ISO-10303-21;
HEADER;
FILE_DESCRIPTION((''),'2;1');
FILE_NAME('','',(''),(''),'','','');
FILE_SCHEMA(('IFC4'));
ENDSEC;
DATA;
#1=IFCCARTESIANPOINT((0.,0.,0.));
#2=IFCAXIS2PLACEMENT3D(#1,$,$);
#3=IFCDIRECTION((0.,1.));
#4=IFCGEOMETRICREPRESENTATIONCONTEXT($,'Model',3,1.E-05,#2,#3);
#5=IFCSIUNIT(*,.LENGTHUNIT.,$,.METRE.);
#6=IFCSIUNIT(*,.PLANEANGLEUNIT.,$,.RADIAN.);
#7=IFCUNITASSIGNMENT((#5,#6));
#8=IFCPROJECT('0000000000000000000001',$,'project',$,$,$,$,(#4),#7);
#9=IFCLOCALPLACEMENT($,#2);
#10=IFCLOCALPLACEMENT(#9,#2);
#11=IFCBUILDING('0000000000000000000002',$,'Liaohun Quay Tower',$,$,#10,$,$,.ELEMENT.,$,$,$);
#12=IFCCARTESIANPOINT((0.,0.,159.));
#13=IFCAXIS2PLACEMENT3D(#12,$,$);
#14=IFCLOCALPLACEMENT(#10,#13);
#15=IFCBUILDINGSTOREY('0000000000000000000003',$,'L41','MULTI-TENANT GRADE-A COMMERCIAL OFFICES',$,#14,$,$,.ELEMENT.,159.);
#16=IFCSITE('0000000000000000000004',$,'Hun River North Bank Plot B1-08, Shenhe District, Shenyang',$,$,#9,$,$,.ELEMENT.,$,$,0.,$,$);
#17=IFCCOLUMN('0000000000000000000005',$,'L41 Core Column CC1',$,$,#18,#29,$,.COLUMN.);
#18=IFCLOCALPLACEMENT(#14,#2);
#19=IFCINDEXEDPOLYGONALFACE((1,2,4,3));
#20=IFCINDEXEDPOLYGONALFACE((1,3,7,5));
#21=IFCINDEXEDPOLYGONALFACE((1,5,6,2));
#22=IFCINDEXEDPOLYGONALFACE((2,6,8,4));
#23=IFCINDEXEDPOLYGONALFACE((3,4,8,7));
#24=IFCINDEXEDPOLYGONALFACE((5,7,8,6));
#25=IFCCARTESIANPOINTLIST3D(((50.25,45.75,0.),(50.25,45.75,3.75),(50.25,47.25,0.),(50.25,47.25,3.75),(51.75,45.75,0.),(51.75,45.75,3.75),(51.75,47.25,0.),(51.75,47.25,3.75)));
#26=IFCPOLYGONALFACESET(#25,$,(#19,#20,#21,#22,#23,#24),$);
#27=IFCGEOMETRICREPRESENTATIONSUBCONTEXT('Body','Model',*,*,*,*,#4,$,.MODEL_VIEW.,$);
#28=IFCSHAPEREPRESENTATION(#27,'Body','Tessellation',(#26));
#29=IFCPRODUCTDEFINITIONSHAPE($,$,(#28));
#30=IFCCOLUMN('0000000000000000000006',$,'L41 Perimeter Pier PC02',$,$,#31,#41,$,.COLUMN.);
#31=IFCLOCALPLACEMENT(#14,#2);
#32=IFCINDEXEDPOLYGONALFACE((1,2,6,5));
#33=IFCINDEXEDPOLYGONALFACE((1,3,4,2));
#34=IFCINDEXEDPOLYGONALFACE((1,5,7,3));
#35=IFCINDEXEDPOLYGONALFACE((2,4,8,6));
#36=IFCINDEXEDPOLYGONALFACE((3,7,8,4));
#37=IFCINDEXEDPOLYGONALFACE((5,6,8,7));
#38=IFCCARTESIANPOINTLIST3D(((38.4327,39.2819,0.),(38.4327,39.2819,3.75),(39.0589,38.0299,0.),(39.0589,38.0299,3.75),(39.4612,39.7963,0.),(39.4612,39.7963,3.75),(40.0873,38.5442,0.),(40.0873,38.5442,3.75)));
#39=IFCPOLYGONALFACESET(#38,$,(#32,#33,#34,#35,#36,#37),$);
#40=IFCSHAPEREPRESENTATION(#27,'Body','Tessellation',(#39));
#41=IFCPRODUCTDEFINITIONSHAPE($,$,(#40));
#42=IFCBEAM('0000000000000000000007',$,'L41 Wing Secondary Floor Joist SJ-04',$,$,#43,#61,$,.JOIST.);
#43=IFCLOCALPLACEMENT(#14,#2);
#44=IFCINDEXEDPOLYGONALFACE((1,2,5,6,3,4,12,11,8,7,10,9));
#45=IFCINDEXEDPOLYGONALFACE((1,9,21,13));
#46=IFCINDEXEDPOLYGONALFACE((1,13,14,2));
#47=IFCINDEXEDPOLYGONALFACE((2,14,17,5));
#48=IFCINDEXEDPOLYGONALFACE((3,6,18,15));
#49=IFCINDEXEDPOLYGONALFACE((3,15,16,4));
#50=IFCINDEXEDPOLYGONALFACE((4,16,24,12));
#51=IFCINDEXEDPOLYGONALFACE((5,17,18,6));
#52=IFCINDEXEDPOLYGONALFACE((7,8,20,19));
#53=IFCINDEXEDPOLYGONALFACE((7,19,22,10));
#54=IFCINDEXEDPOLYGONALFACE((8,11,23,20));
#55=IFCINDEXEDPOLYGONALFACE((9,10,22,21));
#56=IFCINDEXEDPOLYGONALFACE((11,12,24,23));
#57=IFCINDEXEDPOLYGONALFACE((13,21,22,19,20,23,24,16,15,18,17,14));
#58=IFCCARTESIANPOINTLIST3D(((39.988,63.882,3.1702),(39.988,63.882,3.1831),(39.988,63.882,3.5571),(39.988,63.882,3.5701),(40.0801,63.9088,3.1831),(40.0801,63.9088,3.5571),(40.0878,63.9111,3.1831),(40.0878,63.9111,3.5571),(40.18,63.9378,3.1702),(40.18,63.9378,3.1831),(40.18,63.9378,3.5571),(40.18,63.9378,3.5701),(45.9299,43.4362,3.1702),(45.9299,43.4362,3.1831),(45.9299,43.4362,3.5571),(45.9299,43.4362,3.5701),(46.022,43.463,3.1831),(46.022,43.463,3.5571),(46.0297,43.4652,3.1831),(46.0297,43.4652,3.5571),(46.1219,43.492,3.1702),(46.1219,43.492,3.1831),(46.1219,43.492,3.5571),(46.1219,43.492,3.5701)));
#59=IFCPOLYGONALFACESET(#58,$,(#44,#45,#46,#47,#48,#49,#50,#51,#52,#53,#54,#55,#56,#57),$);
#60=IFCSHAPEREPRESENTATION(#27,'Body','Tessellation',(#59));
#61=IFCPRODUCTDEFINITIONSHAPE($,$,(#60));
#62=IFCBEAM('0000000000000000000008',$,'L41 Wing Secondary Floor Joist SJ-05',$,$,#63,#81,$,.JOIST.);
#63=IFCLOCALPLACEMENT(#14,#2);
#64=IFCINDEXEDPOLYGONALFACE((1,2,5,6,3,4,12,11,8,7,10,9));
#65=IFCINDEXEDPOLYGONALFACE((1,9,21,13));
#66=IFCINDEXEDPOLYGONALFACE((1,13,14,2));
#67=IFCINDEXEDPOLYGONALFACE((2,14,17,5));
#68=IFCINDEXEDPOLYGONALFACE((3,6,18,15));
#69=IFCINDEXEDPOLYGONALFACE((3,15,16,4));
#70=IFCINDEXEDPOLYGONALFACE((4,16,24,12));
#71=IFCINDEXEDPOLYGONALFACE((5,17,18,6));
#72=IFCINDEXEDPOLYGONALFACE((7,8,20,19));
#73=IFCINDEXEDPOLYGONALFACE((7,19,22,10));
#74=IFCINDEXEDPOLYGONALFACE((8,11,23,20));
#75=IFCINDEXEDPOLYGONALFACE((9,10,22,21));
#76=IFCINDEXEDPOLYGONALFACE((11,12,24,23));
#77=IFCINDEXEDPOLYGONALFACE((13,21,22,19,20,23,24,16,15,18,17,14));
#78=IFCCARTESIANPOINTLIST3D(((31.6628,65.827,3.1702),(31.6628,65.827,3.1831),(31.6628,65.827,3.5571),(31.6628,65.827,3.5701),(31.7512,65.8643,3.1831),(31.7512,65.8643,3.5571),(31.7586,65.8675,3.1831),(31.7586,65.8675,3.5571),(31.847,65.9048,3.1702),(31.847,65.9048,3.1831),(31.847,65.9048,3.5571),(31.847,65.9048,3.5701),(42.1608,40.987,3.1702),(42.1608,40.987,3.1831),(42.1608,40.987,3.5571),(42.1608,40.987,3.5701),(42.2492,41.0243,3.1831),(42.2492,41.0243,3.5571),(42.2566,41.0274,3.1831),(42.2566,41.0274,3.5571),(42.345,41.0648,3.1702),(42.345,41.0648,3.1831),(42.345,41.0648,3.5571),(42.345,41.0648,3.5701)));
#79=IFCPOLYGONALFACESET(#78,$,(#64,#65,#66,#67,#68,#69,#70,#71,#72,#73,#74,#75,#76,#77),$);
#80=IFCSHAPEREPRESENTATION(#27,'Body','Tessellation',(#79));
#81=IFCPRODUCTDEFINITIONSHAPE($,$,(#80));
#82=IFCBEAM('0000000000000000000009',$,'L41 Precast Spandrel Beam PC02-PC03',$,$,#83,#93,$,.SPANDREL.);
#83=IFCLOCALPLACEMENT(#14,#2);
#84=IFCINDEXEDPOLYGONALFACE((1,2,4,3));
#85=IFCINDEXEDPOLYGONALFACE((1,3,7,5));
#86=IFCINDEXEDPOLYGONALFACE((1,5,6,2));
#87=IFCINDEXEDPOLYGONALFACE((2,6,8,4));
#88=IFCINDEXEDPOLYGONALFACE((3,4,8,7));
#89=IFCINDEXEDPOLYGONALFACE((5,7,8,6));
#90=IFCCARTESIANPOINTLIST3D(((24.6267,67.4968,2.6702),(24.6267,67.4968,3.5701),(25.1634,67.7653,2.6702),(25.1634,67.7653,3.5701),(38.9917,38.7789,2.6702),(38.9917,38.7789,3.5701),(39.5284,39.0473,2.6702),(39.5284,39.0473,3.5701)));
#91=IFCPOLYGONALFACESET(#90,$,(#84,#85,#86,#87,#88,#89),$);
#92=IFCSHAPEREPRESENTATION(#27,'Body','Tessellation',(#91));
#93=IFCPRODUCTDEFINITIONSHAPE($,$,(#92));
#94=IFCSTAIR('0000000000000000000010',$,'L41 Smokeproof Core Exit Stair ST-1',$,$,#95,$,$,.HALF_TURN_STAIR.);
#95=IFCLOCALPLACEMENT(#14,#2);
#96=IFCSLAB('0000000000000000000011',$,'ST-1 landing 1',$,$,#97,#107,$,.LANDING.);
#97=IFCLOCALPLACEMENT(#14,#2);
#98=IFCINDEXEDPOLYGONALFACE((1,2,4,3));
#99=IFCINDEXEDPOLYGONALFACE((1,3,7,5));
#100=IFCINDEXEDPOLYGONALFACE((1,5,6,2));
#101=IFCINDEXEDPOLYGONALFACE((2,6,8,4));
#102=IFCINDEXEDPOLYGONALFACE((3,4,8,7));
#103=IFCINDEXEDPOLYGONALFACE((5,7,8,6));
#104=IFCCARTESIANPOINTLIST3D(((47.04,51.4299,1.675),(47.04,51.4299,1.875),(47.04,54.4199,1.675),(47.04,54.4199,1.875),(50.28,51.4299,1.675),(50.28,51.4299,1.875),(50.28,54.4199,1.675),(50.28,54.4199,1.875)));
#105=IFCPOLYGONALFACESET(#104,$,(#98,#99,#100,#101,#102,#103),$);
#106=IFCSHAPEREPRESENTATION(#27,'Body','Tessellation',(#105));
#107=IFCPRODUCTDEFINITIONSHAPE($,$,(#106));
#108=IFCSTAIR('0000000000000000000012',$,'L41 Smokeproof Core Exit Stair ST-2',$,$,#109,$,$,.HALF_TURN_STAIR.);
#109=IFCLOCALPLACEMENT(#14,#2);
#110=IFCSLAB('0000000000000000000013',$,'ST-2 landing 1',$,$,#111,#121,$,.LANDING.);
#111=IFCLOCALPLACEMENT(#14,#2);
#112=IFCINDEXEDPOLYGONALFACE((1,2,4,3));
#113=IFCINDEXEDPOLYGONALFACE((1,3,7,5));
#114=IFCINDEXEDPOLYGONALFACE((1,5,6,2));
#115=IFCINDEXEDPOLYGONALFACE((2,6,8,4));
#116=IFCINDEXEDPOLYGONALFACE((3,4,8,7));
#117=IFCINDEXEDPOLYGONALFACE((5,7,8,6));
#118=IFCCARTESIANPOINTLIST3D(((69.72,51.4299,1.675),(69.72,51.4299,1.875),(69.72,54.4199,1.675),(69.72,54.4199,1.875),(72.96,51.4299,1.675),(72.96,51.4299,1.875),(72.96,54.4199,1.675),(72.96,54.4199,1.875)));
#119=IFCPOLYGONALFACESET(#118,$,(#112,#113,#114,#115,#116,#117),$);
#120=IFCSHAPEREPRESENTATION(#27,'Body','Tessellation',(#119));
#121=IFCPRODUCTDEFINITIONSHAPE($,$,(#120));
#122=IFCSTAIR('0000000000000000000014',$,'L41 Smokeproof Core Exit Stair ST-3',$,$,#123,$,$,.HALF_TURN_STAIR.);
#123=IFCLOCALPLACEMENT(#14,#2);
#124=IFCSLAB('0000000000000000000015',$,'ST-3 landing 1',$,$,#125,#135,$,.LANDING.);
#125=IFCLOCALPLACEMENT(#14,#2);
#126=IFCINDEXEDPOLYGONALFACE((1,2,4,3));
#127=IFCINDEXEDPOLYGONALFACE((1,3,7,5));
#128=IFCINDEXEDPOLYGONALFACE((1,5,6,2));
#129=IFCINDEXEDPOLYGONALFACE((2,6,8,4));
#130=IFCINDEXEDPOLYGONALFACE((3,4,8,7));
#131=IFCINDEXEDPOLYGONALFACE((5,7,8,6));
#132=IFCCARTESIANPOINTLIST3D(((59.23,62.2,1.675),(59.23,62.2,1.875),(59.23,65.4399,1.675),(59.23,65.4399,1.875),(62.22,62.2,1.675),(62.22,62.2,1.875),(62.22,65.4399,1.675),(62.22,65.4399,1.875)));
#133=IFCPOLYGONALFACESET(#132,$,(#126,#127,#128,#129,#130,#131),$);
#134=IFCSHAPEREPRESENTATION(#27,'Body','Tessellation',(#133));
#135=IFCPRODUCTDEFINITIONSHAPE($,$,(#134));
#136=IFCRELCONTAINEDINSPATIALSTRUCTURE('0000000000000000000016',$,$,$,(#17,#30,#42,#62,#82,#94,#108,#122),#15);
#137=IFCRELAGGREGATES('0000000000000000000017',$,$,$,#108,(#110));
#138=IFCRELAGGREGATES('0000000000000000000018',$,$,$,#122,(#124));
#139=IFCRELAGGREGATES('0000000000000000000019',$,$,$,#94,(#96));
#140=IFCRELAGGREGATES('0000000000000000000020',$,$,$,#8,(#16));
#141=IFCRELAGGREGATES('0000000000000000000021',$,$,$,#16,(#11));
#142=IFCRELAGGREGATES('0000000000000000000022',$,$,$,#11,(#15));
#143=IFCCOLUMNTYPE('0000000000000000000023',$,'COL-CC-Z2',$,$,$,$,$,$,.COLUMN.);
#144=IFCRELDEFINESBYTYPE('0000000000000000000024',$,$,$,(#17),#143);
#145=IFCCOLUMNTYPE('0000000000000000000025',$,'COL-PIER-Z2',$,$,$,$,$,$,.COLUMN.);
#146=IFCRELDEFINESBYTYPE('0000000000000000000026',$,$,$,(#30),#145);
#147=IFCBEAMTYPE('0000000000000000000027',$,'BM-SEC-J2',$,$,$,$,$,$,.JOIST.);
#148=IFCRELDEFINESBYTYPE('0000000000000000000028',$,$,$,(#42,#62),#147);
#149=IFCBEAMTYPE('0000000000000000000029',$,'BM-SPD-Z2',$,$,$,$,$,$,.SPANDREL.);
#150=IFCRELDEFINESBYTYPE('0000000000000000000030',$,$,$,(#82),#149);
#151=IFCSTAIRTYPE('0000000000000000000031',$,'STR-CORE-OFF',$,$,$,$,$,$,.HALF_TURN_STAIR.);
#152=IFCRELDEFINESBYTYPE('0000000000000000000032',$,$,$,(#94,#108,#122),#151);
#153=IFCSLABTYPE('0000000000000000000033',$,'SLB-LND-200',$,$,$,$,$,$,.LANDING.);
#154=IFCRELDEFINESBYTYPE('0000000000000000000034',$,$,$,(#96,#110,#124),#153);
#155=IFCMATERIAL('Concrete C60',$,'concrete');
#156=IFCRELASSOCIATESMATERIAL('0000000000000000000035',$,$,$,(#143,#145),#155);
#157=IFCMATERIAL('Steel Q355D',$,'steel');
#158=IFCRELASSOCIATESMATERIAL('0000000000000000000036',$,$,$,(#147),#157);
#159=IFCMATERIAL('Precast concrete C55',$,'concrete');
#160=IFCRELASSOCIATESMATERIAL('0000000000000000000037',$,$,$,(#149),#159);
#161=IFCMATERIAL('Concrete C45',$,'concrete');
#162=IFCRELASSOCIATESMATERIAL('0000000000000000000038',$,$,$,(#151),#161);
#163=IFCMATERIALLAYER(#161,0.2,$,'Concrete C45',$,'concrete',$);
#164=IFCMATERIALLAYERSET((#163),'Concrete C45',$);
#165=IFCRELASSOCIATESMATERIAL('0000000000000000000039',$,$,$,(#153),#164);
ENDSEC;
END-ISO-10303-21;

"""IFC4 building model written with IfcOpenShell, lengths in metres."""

from ifc_helpers import new_model, si_unit, direction, frame, origin, origin_2d, place, context, subcontext, project, spatial, polyline, rectangle, i_section, outline, extrude, source, transform, mapped, material, layer, layer_set, material_profile, profile_set, type_object, element, aggregate, save


model = new_model("IFC4")

# Units and contexts
model_context = context("Model", 3, precision=1e-05, world=origin(), true_north=direction((0.0, 1.0)))
body_context = subcontext(model_context, "Body", "Model", "MODEL_VIEW")
ifc_project = project(units=[si_unit("LENGTHUNIT", "METRE"), si_unit("PLANEANGLEUNIT", "RADIAN")], contexts=[model_context])

# Site, building, storey
site_placement = place(None, origin())
site = spatial("IfcSite", under=ifc_project, at=site_placement, Name="Hun River North Bank Plot B1-08, Shenhe District, Shenyang", CompositionType="ELEMENT", RefElevation=0.0)
building_placement = place(site_placement, origin())
building = spatial("IfcBuilding", under=site, at=building_placement, Name="Liaohun Quay Tower", CompositionType="ELEMENT")
storey_placement = place(building_placement, frame((0.0, 0.0, 159.0)))
storey = spatial("IfcBuildingStorey", under=building, at=storey_placement, Name="L41", Description="MULTI-TENANT GRADE-A COMMERCIAL OFFICES", CompositionType="ELEMENT", Elevation=159.0)

# Columns
ifc_material_1 = material(Name="Concrete C60", Category="concrete")
ifc_material_profile_1 = material_profile(ifc_material_1, rectangle(XDim=1.5, YDim=1.5, at=origin_2d()), Name="RC1500x1500")
ifc_profile_set_1 = profile_set([ifc_material_profile_1], Name="Concrete C60")
column_type_1 = type_object("IfcColumnType", Name="COL-CC-Z2", PredefinedType="COLUMN", material=ifc_profile_set_1)
shared_shape_1 = source(origin(), body_context, "Body", "SweptSolid", [
    extrude(rectangle(XDim=1.5, YDim=1.5, at=origin_2d()), origin(), (0.0, 0.0, 1.0), 3.75),
])
column_1_placement = place(storey_placement, frame((51.0, 46.5, 0.0), z_axis=(0.0, 0.0, 1.0), x_axis=(1.0, 0.0, 0.0)))
element("IfcColumn", 1, at=column_1_placement, inside=storey, type_object=column_type_1, Name="L41 Core Column CC1", PredefinedType="COLUMN", context=body_context, shape_type="MappedRepresentation", body=[
    mapped(shared_shape_1, transform((0.0, 0.0, 0.0), x_axis=(1.0, 0.0, 0.0), y_axis=(0.0, 1.0, 0.0), z_axis=(0.0, 0.0, 1.0), scale=1.0)),
])
ifc_material_profile_2 = material_profile(ifc_material_1, rectangle(XDim=1.3999, YDim=1.1499, at=origin_2d()), Name="RC1400x1150")
ifc_profile_set_2 = profile_set([ifc_material_profile_2], Name="Concrete C60")
column_type_2 = type_object("IfcColumnType", Name="COL-PIER-Z2", PredefinedType="COLUMN", material=ifc_profile_set_2)
shared_shape_2 = source(origin(), body_context, "Body", "SweptSolid", [
    extrude(rectangle(XDim=1.3999, YDim=1.1499, at=origin_2d()), origin(), (0.0, 0.0, 1.0), 3.75),
])
column_2_placement = place(storey_placement, frame((39.26, 38.9131, 0.0), z_axis=(0.0, 0.0, 1.0), x_axis=(-0.447291, 0.894389, 0.0)))
element("IfcColumn", 2, at=column_2_placement, inside=storey, type_object=column_type_2, Name="L41 Perimeter Pier PC02", PredefinedType="COLUMN", context=body_context, shape_type="MappedRepresentation", body=[
    mapped(shared_shape_2, transform((0.0, 0.0, 0.0), x_axis=(1.0, 0.0, 0.0), y_axis=(0.0, 1.0, 0.0), z_axis=(0.0, 0.0, 1.0), scale=1.0)),
])

# Beams
ifc_material_2 = material(Name="Steel Q355D", Category="steel")
ifc_material_profile_3 = material_profile(ifc_material_2, i_section(OverallWidth=0.2, OverallDepth=0.3999, WebThickness=0.0081, FlangeThickness=0.0129, at=origin_2d()), Name="HN400x200x8x13")
ifc_profile_set_3 = profile_set([ifc_material_profile_3], Name="Steel Q355D")
beam_type_1 = type_object("IfcBeamType", Name="BM-SEC-J2", PredefinedType="JOIST", material=ifc_profile_set_3)
shared_shape_3 = source(origin(), body_context, "Body", "SweptSolid", [
    extrude(i_section(OverallWidth=0.2, OverallDepth=0.3999, WebThickness=0.0081, FlangeThickness=0.0129, at=origin_2d()), origin(), (0.0, 0.0, 1.0), 21.2917),
])
beam_1_placement = place(storey_placement, frame((46.0259, 43.4641, 3.3701), z_axis=(-0.279071, 0.960271, 0.0), x_axis=(-0.960271, -0.279071, 0.0)))
element("IfcBeam", 3, at=beam_1_placement, inside=storey, type_object=beam_type_1, Name="L41 Wing Secondary Floor Joist SJ-04", PredefinedType="JOIST", context=body_context, shape_type="MappedRepresentation", body=[
    mapped(shared_shape_3, transform((0.0, 0.0, 0.0), x_axis=(1.0, 0.0, 0.0), y_axis=(0.0, 1.0, 0.0), z_axis=(0.0, 0.0, 1.0), scale=1.0)),
])
shared_shape_4 = source(origin(), body_context, "Body", "SweptSolid", [
    extrude(i_section(OverallWidth=0.2, OverallDepth=0.3999, WebThickness=0.0081, FlangeThickness=0.0129, at=origin_2d()), origin(), (0.0, 0.0, 1.0), 26.9673),
])
beam_2_placement = place(storey_placement, frame((42.2529, 41.0259, 3.3701), z_axis=(-0.389287, 0.921116, 0.0), x_axis=(-0.921116, -0.389287, 0.0)))
element("IfcBeam", 4, at=beam_2_placement, inside=storey, type_object=beam_type_1, Name="L41 Wing Secondary Floor Joist SJ-05", PredefinedType="JOIST", context=body_context, shape_type="MappedRepresentation", body=[
    mapped(shared_shape_4, transform((0.0, 0.0, 0.0), x_axis=(1.0, 0.0, 0.0), y_axis=(0.0, 1.0, 0.0), z_axis=(0.0, 0.0, 1.0), scale=1.0)),
])
ifc_material_3 = material(Name="Precast concrete C55", Category="concrete")
ifc_material_profile_4 = material_profile(ifc_material_3, rectangle(XDim=0.6001, YDim=0.8999, at=origin_2d()), Name="RC600x900")
ifc_profile_set_4 = profile_set([ifc_material_profile_4], Name="Precast concrete C55")
beam_type_2 = type_object("IfcBeamType", Name="BM-SPD-Z2", PredefinedType="SPANDREL", material=ifc_profile_set_4)
shared_shape_5 = source(origin(), body_context, "Body", "SweptSolid", [
    extrude(rectangle(XDim=0.6001, YDim=0.8999, at=origin_2d()), origin(), (0.0, 0.0, 1.0), 32.1104),
])
beam_3_placement = place(storey_placement, frame((39.26, 38.9131, 3.1201), z_axis=(-0.447363, 0.894353, 0.0), x_axis=(-0.894353, -0.447363, 0.0)))
element("IfcBeam", 5, at=beam_3_placement, inside=storey, type_object=beam_type_2, Name="L41 Precast Spandrel Beam PC02-PC03", PredefinedType="SPANDREL", context=body_context, shape_type="MappedRepresentation", body=[
    mapped(shared_shape_5, transform((0.0, 0.0, 0.0), x_axis=(1.0, 0.0, 0.0), y_axis=(0.0, 1.0, 0.0), z_axis=(0.0, 0.0, 1.0), scale=1.0)),
])

# Stairs, slabs
ifc_material_4 = material(Name="Concrete C45", Category="concrete")
stair_type = type_object("IfcStairType", Name="STR-CORE-OFF", PredefinedType="HALF_TURN_STAIR", material=ifc_material_4)
stair_1_placement = place(storey_placement, origin())
stair_1 = element("IfcStair", 6, at=stair_1_placement, inside=storey, type_object=stair_type, Name="L41 Smokeproof Core Exit Stair ST-1", PredefinedType="HALF_TURN_STAIR")
ifc_layer_1 = layer(ifc_material_4, 0.2, Name="Concrete C45", Category="concrete")
ifc_layer_set_1 = layer_set([ifc_layer_1], Name="Concrete C45")
slab_type_1 = type_object("IfcSlabType", Name="SLB-LND-200", PredefinedType="LANDING", material=ifc_layer_set_1)
slab_1_placement = place(storey_placement, frame((0.0, 0.0, 1.675)))
slab_1 = element("IfcSlab", 7, at=slab_1_placement, type_object=slab_type_1, Name="ST-1 landing 1", PredefinedType="LANDING", context=body_context, shape_type="SweptSolid", body=[
    extrude(outline(polyline([(50.28, 51.4299), (50.28, 54.4199), (47.04, 54.4199), (47.04, 51.4299), (50.28, 51.4299)])), origin(), (0.0, 0.0, 1.0), 0.2),
])
stair_2_placement = place(storey_placement, origin())
stair_2 = element("IfcStair", 8, at=stair_2_placement, inside=storey, type_object=stair_type, Name="L41 Smokeproof Core Exit Stair ST-2", PredefinedType="HALF_TURN_STAIR")
slab_2_placement = place(storey_placement, frame((0.0, 0.0, 1.675)))
slab_2 = element("IfcSlab", 9, at=slab_2_placement, type_object=slab_type_1, Name="ST-2 landing 1", PredefinedType="LANDING", context=body_context, shape_type="SweptSolid", body=[
    extrude(outline(polyline([(72.96, 51.4299), (72.96, 54.4199), (69.72, 54.4199), (69.72, 51.4299), (72.96, 51.4299)])), origin(), (0.0, 0.0, 1.0), 0.2),
])
aggregate(stair_2, [slab_2])
stair_3_placement = place(storey_placement, origin())
stair_3 = element("IfcStair", 10, at=stair_3_placement, inside=storey, type_object=stair_type, Name="L41 Smokeproof Core Exit Stair ST-3", PredefinedType="HALF_TURN_STAIR")
slab_3_placement = place(storey_placement, frame((0.0, 0.0, 1.675)))
slab_3 = element("IfcSlab", 11, at=slab_3_placement, type_object=slab_type_1, Name="ST-3 landing 1", PredefinedType="LANDING", context=body_context, shape_type="SweptSolid", body=[
    extrude(outline(polyline([(59.23, 62.2), (62.22, 62.2), (62.22, 65.4399), (59.23, 65.4399), (59.23, 62.2)])), origin(), (0.0, 0.0, 1.0), 0.2),
])
aggregate(stair_3, [slab_3])

aggregate(stair_1, [slab_1])

save(model, "model.ifc")
